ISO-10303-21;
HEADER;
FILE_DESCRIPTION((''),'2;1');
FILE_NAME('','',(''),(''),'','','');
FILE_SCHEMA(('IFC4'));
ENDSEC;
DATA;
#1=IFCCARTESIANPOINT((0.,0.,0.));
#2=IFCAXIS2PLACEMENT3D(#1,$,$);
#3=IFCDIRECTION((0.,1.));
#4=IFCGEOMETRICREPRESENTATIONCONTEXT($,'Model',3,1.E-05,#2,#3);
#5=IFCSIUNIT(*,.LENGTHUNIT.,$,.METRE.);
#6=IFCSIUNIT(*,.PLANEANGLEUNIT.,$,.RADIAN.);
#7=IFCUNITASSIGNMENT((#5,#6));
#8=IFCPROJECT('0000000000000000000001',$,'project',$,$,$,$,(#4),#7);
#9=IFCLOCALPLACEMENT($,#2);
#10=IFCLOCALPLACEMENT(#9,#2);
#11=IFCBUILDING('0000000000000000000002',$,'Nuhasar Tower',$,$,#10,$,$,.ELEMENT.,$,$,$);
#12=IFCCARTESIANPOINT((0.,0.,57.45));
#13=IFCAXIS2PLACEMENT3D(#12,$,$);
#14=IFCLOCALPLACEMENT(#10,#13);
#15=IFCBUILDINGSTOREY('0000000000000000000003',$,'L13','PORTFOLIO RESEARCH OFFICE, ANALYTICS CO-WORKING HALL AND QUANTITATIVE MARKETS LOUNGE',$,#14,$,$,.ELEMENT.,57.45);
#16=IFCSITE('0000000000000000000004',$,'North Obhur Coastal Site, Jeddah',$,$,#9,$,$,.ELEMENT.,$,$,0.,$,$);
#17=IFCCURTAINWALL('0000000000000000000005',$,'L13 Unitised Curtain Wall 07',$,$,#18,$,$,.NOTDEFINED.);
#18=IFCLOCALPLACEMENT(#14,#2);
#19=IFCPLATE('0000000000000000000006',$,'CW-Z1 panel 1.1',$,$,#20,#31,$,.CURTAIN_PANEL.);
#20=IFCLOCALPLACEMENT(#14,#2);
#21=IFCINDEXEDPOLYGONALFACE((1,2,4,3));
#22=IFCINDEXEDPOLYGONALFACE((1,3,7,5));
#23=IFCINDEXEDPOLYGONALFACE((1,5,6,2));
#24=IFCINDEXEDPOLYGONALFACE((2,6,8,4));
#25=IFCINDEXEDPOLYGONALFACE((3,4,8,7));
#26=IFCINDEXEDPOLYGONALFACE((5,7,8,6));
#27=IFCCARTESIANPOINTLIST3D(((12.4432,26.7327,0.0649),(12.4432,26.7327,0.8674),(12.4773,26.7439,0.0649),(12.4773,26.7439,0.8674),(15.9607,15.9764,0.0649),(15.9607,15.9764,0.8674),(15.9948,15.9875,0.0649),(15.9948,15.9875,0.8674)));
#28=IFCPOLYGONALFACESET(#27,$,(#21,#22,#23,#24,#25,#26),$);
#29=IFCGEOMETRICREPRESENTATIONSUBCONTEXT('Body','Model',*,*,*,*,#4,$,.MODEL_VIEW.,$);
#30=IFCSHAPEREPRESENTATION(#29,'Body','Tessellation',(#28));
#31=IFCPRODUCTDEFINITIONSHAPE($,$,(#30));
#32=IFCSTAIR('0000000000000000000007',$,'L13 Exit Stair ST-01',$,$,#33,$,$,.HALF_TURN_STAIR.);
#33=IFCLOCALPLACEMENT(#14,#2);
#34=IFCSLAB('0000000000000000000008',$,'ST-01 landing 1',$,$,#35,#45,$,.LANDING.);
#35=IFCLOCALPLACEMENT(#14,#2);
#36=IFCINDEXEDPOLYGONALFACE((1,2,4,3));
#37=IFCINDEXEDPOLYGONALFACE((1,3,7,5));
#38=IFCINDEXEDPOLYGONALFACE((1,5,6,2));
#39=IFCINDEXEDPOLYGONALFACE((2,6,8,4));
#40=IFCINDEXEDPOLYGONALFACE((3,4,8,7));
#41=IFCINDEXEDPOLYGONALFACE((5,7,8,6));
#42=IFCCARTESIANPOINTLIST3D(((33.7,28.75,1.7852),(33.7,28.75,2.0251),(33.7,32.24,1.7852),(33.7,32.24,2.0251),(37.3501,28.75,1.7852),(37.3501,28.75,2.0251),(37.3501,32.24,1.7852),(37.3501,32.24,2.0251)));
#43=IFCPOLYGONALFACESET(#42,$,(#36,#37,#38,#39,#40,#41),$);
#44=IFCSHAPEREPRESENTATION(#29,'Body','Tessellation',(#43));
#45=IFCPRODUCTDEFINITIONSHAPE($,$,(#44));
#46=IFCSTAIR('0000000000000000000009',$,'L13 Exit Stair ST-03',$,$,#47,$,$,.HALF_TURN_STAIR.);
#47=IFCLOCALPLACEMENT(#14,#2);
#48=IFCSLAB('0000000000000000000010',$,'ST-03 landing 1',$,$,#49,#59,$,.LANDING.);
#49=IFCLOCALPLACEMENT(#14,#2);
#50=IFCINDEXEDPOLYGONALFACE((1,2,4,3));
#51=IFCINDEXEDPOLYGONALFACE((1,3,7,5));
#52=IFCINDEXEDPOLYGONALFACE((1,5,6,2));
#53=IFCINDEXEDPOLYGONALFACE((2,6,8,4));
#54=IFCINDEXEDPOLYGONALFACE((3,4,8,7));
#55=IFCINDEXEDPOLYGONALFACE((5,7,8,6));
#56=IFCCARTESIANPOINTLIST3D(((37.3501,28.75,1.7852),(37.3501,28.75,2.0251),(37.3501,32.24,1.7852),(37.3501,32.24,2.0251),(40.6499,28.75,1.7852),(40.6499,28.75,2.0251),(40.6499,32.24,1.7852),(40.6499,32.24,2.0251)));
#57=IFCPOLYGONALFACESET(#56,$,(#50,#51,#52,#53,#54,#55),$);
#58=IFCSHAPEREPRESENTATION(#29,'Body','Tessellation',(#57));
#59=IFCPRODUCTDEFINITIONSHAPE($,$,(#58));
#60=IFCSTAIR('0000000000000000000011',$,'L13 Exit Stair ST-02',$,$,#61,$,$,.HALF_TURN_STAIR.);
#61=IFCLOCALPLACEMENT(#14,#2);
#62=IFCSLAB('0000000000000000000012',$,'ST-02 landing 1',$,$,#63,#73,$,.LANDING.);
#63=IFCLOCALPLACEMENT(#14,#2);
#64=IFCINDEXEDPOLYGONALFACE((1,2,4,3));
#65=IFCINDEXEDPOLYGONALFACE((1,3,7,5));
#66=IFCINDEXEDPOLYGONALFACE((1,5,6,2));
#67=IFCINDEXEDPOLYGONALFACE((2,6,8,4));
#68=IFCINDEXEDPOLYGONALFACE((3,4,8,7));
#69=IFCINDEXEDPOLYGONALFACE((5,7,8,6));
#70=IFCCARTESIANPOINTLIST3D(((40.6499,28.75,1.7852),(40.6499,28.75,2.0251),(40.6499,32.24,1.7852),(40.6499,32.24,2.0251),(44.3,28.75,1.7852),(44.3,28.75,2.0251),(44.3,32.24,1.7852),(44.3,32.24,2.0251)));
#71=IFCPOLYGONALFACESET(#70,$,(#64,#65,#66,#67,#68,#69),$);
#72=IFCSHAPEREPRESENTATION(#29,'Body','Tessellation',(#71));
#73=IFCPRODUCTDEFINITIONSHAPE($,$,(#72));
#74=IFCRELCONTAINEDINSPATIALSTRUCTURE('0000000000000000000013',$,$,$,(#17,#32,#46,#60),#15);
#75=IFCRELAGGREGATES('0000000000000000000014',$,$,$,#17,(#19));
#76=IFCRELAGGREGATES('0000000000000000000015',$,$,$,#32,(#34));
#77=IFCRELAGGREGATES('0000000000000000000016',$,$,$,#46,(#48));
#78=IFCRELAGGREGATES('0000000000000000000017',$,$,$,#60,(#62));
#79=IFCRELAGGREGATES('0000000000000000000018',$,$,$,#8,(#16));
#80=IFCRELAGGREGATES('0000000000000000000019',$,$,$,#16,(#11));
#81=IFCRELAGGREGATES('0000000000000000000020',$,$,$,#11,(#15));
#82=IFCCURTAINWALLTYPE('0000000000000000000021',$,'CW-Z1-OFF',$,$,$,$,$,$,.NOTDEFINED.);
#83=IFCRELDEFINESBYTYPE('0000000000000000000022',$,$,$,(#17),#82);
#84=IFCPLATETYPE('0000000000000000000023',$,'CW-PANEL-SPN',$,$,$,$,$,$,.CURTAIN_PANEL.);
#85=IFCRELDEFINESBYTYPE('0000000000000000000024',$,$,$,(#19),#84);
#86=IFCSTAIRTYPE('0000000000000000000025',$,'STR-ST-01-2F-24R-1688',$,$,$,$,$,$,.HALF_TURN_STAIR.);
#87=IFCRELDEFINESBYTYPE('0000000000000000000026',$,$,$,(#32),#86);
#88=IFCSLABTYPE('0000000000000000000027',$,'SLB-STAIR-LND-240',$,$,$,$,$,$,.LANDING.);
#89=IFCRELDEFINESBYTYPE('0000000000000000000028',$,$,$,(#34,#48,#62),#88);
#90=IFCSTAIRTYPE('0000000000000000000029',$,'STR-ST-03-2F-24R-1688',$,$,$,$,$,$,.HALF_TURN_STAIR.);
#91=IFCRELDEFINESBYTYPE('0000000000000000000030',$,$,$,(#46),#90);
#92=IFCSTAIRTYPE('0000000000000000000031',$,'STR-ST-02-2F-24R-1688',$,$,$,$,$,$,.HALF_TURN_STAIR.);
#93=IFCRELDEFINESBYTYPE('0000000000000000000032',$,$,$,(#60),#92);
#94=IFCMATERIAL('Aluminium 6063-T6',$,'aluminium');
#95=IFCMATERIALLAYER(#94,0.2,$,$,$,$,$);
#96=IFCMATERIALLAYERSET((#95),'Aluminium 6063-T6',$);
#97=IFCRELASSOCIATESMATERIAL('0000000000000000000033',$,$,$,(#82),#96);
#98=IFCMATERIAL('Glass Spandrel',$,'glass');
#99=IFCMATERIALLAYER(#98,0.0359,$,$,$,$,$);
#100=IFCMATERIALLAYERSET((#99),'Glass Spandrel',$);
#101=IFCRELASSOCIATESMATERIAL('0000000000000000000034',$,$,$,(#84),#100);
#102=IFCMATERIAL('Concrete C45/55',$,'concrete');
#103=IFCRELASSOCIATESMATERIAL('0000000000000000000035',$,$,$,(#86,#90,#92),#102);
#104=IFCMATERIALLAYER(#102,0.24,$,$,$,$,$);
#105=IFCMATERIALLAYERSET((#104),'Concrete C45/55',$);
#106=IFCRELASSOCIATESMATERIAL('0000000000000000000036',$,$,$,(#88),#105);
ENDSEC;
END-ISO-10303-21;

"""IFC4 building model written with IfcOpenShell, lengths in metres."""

from ifc_helpers import new_model, si_unit, direction, frame, origin, origin_2d, place, context, subcontext, project, spatial, polyline, rectangle, outline, extrude, material, layer, layer_set, type_object, element, aggregate, save


model = new_model("IFC4")

# Units and contexts
model_context = context("Model", 3, precision=1e-05, world=origin(), true_north=direction((0.0, 1.0)))
body_context = subcontext(model_context, "Body", "Model", "MODEL_VIEW")
ifc_project = project(units=[si_unit("LENGTHUNIT", "METRE"), si_unit("PLANEANGLEUNIT", "RADIAN")], contexts=[model_context])

# Site, building, storey
site_placement = place(None, origin())
site = spatial("IfcSite", under=ifc_project, at=site_placement, Name="North Obhur Coastal Site, Jeddah", CompositionType="ELEMENT", RefElevation=0.0)
building_placement = place(site_placement, origin())
building = spatial("IfcBuilding", under=site, at=building_placement, Name="Nuhasar Tower", CompositionType="ELEMENT")
storey_placement = place(building_placement, frame((0.0, 0.0, 57.45)))
storey = spatial("IfcBuildingStorey", under=building, at=storey_placement, Name="L13", Description="PORTFOLIO RESEARCH OFFICE, ANALYTICS CO-WORKING HALL AND QUANTITATIVE MARKETS LOUNGE", CompositionType="ELEMENT", Elevation=57.45)

# Curtain wall
ifc_material_1 = material(Name="Aluminium 6063-T6", Category="aluminium")
ifc_layer_1 = layer(ifc_material_1, 0.2)
ifc_layer_set_1 = layer_set([ifc_layer_1], Name="Aluminium 6063-T6")
curtain_wall_type = type_object("IfcCurtainWallType", Name="CW-Z1-OFF", PredefinedType="NOTDEFINED", material=ifc_layer_set_1)
curtain_wall_1_placement = place(storey_placement, origin())
curtain_wall_1 = element("IfcCurtainWall", 1, at=curtain_wall_1_placement, inside=storey, type_object=curtain_wall_type, Name="L13 Unitised Curtain Wall 07", PredefinedType="NOTDEFINED")

# Plate
ifc_material_2 = material(Name="Glass Spandrel", Category="glass")
ifc_layer_2 = layer(ifc_material_2, 0.0359)
ifc_layer_set_2 = layer_set([ifc_layer_2], Name="Glass Spandrel")
plate_type_1 = type_object("IfcPlateType", Name="CW-PANEL-SPN", PredefinedType="CURTAIN_PANEL", material=ifc_layer_set_2)
plate_1_placement = place(storey_placement, frame((14.219, 21.3601, 0.0649), z_axis=(0.0, 0.0, 1.0), x_axis=(0.310824, -0.950468, 0.0)))
plate_1 = element("IfcPlate", 2, at=plate_1_placement, type_object=plate_type_1, Name="CW-Z1 panel 1.1", PredefinedType="CURTAIN_PANEL", context=body_context, shape_type="SweptSolid", body=[
    extrude(rectangle(XDim=11.3169, YDim=0.0359, at=origin_2d()), origin(), (0.0, 0.0, 1.0), 0.8025),
])
aggregate(curtain_wall_1, [plate_1])

# Stairs, slabs
ifc_material_3 = material(Name="Concrete C45/55", Category="concrete")
stair_type_1 = type_object("IfcStairType", Name="STR-ST-01-2F-24R-1688", PredefinedType="HALF_TURN_STAIR", material=ifc_material_3)
stair_1_placement = place(storey_placement, origin())
stair_1 = element("IfcStair", 3, at=stair_1_placement, inside=storey, type_object=stair_type_1, Name="L13 Exit Stair ST-01", PredefinedType="HALF_TURN_STAIR")
ifc_layer_3 = layer(ifc_material_3, 0.24)
ifc_layer_set_3 = layer_set([ifc_layer_3], Name="Concrete C45/55")
slab_type_1 = type_object("IfcSlabType", Name="SLB-STAIR-LND-240", PredefinedType="LANDING", material=ifc_layer_set_3)
slab_1_placement = place(storey_placement, frame((0.0, 0.0, 1.7852)))
slab_1 = element("IfcSlab", 4, at=slab_1_placement, type_object=slab_type_1, Name="ST-01 landing 1", PredefinedType="LANDING", context=body_context, shape_type="SweptSolid", body=[
    extrude(outline(polyline([(33.7, 28.75), (37.3501, 28.75), (37.3501, 32.24), (33.7, 32.24), (33.7, 28.75)])), origin(), (0.0, 0.0, 1.0), 0.24),
])
aggregate(stair_1, [slab_1])
stair_type_2 = type_object("IfcStairType", Name="STR-ST-03-2F-24R-1688", PredefinedType="HALF_TURN_STAIR", material=ifc_material_3)
stair_2_placement = place(storey_placement, origin())
stair_2 = element("IfcStair", 5, at=stair_2_placement, inside=storey, type_object=stair_type_2, Name="L13 Exit Stair ST-03", PredefinedType="HALF_TURN_STAIR")
slab_2_placement = place(storey_placement, frame((0.0, 0.0, 1.7852)))
slab_2 = element("IfcSlab", 6, at=slab_2_placement, type_object=slab_type_1, Name="ST-03 landing 1", PredefinedType="LANDING", context=body_context, shape_type="SweptSolid", body=[
    extrude(outline(polyline([(37.3501, 28.75), (40.6499, 28.75), (40.6499, 32.24), (37.3501, 32.24), (37.3501, 28.75)])), origin(), (0.0, 0.0, 1.0), 0.24),
])
aggregate(stair_2, [slab_2])
stair_type_3 = type_object("IfcStairType", Name="STR-ST-02-2F-24R-1688", PredefinedType="HALF_TURN_STAIR", material=ifc_material_3)
stair_3_placement = place(storey_placement, origin())
stair_3 = element("IfcStair", 7, at=stair_3_placement, inside=storey, type_object=stair_type_3, Name="L13 Exit Stair ST-02", PredefinedType="HALF_TURN_STAIR")
slab_3_placement = place(storey_placement, frame((0.0, 0.0, 1.7852)))
slab_3 = element("IfcSlab", 8, at=slab_3_placement, type_object=slab_type_1, Name="ST-02 landing 1", PredefinedType="LANDING", context=body_context, shape_type="SweptSolid", body=[
    extrude(outline(polyline([(40.6499, 28.75), (44.3, 28.75), (44.3, 32.24), (40.6499, 32.24), (40.6499, 28.75)])), origin(), (0.0, 0.0, 1.0), 0.24),
])
aggregate(stair_3, [slab_3])

save(model, "model.ifc")
